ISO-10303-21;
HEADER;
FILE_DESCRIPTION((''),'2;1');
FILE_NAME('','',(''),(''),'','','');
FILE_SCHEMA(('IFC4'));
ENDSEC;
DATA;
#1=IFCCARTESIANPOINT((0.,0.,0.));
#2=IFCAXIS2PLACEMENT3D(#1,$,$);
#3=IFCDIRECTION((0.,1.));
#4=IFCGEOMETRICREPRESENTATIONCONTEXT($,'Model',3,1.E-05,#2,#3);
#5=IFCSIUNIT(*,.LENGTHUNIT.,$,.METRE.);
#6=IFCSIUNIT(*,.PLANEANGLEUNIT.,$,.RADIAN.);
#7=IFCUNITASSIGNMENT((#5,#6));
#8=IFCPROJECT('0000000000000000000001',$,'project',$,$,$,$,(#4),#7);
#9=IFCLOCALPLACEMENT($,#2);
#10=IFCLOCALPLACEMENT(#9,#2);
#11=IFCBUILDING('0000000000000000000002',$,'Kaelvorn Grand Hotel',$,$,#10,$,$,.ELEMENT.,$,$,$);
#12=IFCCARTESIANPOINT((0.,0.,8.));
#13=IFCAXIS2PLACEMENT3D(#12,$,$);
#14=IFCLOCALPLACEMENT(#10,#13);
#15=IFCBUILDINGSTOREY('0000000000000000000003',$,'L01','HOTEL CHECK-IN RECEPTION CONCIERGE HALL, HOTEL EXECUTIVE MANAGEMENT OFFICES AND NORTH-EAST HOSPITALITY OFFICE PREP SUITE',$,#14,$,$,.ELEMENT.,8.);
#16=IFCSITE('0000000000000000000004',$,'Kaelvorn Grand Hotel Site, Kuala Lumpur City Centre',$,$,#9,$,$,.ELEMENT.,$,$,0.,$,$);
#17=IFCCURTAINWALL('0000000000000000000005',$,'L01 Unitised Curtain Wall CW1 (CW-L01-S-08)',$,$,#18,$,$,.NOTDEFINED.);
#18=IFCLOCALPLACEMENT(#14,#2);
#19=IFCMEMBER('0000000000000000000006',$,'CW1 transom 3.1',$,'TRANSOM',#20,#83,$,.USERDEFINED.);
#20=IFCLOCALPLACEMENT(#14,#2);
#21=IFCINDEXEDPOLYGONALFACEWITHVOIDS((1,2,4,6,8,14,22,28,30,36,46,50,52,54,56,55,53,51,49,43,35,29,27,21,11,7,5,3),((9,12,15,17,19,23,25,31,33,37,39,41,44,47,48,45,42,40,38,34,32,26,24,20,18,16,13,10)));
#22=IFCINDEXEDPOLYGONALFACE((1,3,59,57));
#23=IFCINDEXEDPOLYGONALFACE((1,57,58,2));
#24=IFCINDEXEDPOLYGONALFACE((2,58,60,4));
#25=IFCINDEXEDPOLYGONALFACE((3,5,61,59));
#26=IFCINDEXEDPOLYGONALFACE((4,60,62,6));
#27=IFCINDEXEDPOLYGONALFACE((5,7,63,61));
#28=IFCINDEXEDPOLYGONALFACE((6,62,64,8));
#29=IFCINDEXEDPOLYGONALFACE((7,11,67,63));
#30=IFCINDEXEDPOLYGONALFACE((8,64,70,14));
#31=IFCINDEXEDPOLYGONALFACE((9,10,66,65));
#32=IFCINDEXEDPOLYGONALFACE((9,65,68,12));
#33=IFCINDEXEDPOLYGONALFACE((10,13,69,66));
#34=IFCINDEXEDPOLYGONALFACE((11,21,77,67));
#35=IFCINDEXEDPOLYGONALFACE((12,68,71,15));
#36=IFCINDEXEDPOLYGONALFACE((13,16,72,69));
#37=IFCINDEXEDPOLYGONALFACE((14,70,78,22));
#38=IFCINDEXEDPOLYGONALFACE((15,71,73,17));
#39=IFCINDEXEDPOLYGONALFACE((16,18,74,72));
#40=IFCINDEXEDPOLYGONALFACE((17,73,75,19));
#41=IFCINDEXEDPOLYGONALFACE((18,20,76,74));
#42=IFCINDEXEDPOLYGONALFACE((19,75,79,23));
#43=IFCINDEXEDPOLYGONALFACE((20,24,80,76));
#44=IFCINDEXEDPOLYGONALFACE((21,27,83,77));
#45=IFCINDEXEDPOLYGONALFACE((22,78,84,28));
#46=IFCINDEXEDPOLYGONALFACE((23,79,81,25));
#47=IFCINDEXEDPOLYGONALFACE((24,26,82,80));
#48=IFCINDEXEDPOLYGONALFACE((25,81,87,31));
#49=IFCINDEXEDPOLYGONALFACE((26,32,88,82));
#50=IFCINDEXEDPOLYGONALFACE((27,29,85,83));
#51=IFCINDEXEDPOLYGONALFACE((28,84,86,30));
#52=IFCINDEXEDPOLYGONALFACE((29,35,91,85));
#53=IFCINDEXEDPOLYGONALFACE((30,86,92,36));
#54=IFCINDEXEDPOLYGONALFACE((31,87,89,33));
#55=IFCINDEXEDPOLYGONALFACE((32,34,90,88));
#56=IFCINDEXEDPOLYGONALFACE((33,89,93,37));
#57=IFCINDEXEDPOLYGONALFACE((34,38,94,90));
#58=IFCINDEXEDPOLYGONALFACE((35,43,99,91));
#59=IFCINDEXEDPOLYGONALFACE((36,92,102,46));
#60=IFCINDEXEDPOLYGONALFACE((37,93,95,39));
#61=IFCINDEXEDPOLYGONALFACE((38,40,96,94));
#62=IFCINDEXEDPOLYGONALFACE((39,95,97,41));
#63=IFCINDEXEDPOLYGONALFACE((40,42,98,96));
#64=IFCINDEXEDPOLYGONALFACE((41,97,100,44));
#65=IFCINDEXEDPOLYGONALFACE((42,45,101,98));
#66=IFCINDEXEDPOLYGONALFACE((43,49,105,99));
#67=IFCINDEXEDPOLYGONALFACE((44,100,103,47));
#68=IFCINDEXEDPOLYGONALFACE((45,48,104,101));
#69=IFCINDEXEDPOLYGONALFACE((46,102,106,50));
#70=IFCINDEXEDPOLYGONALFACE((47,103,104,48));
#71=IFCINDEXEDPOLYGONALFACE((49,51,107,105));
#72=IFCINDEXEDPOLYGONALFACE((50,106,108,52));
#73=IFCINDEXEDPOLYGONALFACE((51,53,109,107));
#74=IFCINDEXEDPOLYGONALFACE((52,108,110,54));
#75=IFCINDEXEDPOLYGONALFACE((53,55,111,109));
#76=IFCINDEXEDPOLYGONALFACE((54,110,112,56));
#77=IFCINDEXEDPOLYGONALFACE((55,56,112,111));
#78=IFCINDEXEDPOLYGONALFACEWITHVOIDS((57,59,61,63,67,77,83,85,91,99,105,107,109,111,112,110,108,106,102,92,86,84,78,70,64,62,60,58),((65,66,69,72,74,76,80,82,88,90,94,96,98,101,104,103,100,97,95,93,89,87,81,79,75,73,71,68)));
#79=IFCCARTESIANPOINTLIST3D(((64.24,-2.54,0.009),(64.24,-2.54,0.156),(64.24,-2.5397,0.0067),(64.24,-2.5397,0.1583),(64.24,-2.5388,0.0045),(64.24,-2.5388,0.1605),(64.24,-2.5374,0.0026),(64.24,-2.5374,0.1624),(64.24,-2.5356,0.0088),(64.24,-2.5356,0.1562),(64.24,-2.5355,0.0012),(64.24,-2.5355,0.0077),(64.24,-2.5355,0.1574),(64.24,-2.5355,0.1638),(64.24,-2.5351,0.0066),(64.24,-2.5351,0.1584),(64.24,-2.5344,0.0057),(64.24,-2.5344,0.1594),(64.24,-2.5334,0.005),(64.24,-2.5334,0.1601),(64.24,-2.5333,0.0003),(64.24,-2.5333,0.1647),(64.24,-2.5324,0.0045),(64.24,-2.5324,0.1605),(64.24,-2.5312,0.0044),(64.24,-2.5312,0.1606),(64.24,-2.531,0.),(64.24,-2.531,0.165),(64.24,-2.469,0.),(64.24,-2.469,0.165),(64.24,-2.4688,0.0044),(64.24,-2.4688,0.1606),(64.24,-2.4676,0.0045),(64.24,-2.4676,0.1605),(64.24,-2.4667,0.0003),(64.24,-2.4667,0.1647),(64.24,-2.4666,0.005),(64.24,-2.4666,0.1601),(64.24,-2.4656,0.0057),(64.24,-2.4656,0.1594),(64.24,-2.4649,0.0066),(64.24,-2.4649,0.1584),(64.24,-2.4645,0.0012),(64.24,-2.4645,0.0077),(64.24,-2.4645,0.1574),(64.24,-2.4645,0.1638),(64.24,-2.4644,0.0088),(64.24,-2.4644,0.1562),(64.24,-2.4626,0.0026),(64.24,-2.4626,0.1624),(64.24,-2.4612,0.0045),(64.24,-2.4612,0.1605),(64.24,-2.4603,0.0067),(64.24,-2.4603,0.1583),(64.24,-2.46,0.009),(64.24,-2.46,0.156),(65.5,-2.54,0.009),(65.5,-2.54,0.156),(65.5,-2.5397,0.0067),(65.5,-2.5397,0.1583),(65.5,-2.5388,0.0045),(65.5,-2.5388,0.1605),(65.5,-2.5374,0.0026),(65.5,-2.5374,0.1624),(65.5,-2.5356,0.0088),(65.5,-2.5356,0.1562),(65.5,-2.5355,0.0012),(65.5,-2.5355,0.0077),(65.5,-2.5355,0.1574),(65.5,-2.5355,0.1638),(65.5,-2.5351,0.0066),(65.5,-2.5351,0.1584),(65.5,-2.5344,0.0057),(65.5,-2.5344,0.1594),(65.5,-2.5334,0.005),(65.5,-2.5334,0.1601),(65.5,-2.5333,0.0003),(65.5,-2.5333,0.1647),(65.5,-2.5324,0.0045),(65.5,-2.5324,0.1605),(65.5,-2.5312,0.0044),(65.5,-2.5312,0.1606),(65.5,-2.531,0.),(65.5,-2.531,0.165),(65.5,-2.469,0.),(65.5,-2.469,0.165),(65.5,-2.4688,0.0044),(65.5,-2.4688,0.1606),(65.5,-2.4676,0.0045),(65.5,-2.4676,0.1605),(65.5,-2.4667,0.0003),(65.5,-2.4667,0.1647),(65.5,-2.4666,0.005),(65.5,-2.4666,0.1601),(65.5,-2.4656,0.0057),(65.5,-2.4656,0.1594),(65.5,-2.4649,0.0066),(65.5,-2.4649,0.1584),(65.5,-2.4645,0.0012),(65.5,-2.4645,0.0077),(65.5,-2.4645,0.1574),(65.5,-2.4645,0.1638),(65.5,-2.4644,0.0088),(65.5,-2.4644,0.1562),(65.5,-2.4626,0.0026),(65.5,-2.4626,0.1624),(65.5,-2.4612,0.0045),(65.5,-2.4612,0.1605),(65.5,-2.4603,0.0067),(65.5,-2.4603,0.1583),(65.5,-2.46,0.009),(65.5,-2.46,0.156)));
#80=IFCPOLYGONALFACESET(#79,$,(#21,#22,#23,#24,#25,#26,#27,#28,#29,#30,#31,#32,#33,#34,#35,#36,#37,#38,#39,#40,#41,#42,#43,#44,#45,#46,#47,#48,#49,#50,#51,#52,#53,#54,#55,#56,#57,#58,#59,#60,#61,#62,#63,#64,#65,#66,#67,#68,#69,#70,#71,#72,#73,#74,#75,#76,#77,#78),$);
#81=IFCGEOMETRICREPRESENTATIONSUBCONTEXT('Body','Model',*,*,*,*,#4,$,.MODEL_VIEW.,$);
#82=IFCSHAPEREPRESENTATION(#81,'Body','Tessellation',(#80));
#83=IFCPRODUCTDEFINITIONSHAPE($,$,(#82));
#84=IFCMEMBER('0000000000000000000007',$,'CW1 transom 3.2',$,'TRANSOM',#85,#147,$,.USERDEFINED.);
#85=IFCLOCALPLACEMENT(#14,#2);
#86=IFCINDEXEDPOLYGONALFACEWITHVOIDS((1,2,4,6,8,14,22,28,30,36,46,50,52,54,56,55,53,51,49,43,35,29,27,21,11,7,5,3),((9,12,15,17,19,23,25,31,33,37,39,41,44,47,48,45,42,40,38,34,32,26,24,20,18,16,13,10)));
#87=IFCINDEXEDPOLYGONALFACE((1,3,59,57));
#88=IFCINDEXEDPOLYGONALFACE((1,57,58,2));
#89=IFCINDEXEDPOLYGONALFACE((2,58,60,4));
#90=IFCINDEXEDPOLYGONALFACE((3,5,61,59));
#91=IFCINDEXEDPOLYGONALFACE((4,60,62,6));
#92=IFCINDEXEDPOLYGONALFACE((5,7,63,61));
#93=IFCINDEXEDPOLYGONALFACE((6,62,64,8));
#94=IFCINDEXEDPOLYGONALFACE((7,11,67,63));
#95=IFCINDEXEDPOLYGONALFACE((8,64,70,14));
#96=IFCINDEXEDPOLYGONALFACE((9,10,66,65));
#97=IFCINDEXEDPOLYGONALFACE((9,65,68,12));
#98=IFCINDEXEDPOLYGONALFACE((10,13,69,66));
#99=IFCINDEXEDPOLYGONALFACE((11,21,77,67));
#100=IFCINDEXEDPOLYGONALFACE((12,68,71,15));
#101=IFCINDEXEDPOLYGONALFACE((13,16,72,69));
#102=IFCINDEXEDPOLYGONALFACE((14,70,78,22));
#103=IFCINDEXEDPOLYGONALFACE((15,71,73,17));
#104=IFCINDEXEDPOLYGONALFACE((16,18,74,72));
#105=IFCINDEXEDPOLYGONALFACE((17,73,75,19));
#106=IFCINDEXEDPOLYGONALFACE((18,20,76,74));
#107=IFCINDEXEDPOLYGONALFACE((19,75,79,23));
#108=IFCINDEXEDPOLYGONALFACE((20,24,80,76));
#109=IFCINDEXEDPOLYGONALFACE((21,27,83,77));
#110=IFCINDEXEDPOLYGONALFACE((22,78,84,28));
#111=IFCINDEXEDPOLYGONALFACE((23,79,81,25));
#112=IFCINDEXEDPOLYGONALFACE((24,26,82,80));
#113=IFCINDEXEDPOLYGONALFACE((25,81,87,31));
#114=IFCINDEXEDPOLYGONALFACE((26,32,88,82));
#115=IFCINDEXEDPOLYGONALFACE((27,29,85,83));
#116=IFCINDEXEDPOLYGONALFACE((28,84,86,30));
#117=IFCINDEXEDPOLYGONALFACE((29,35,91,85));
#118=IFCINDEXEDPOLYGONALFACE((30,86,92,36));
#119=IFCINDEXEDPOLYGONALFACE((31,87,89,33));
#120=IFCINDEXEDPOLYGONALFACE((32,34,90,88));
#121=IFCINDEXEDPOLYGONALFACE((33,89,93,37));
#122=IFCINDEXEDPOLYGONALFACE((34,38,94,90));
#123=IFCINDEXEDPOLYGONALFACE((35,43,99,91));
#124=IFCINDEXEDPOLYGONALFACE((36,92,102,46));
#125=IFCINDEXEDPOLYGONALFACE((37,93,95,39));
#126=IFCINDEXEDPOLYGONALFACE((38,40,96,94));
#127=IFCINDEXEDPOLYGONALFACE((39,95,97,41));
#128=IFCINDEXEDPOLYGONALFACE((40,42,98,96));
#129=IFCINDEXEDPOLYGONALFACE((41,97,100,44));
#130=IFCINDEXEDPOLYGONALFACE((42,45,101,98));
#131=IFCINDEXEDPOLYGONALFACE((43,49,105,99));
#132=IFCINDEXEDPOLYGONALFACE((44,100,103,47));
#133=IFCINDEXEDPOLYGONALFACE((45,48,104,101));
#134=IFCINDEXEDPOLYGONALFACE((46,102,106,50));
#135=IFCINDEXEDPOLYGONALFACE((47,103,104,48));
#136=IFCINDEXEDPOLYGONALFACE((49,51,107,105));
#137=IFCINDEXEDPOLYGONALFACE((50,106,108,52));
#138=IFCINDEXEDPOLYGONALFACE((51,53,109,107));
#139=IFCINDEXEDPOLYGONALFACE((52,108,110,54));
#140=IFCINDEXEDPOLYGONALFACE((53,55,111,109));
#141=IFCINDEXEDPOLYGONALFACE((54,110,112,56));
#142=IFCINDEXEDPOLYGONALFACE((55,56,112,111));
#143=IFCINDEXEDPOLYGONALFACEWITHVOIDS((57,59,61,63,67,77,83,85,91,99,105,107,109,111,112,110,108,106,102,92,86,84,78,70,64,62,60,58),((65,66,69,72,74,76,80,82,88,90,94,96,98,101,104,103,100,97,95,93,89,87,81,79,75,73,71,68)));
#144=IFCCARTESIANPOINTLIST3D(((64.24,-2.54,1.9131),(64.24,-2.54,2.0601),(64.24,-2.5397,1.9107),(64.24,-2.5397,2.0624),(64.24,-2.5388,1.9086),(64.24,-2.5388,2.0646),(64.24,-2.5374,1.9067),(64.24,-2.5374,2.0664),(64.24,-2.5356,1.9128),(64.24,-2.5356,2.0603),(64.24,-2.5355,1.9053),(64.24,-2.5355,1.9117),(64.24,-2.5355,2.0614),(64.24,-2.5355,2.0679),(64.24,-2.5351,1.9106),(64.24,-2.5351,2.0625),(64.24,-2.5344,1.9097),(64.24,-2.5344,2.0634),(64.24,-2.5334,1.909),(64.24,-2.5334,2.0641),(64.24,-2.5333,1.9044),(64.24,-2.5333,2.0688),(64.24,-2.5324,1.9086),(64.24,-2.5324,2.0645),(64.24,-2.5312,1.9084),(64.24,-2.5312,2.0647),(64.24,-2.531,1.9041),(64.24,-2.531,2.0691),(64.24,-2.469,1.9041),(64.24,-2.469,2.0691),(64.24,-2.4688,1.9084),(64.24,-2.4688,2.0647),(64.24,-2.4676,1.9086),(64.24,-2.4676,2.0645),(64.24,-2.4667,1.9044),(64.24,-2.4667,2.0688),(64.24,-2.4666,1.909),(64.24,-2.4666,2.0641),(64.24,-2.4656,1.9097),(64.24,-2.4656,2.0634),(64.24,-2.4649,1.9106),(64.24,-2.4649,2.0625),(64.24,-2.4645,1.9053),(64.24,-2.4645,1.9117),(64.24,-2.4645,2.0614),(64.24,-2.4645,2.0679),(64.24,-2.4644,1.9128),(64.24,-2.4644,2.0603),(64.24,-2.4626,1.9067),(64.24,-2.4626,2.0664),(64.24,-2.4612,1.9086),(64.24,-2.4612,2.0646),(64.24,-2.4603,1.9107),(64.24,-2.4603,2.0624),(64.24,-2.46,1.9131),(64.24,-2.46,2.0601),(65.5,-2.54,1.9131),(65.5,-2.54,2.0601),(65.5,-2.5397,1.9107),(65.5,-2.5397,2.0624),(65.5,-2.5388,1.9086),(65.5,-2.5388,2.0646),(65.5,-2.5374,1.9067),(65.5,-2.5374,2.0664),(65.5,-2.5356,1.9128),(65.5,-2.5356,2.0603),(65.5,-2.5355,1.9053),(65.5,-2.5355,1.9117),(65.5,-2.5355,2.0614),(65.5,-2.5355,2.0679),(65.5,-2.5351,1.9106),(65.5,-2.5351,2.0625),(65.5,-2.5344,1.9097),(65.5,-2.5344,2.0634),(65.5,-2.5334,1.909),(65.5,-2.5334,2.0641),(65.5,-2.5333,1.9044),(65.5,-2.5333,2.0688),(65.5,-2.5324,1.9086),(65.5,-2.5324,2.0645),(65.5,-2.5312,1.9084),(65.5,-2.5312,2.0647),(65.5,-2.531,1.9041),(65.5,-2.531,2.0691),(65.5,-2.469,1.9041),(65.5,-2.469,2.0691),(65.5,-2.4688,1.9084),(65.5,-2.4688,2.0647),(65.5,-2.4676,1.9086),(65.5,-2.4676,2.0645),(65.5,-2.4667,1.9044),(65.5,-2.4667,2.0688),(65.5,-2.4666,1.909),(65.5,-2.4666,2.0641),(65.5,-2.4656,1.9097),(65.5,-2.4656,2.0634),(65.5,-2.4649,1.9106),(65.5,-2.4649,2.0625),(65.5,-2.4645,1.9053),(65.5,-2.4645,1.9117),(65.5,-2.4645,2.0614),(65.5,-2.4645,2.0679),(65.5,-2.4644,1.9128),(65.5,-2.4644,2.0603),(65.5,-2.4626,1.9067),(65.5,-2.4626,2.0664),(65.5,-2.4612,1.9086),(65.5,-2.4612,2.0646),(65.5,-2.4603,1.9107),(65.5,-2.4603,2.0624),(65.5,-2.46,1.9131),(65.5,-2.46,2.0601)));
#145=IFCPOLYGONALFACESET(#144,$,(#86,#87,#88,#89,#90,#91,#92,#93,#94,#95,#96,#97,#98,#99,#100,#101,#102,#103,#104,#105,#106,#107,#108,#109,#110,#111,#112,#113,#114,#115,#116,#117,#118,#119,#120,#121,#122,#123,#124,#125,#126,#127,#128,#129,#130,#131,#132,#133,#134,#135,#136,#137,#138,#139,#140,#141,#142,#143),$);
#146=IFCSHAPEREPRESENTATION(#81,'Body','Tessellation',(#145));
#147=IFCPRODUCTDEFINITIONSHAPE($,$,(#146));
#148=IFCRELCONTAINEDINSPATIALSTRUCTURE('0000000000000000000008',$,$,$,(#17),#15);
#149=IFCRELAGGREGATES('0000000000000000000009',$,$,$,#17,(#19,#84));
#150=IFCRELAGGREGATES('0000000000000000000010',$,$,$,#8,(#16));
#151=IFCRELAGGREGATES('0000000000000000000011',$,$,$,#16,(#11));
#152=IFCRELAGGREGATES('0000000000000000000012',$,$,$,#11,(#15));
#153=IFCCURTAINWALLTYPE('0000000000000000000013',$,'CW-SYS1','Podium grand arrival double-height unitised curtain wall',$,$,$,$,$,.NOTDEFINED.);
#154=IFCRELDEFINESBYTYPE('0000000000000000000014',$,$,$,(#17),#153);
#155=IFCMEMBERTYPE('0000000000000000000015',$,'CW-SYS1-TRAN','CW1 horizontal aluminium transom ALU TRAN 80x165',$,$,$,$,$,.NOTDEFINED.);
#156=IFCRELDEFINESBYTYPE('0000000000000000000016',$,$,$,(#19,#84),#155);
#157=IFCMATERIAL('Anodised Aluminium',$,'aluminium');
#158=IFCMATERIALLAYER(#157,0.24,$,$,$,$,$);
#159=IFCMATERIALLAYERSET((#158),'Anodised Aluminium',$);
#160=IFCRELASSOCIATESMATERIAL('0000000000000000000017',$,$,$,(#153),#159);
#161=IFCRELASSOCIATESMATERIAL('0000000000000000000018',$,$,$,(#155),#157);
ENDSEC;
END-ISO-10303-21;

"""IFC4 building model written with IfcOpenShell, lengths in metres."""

from ifc_helpers import new_model, si_unit, direction, frame, origin, origin_2d, place, context, subcontext, project, spatial, hollow_rectangle, extrude, material, layer, layer_set, material_profile, profile_set, type_object, element, aggregate, save


model = new_model("IFC4")

# Units and contexts
model_context = context("Model", 3, precision=1e-05, world=origin(), true_north=direction((0.0, 1.0)))
body_context = subcontext(model_context, "Body", "Model", "MODEL_VIEW")
ifc_project = project(units=[si_unit("LENGTHUNIT", "METRE"), si_unit("PLANEANGLEUNIT", "RADIAN")], contexts=[model_context])

# Site, building, storey
site_placement = place(None, origin())
site = spatial("IfcSite", under=ifc_project, at=site_placement, Name="Kaelvorn Grand Hotel Site, Kuala Lumpur City Centre", CompositionType="ELEMENT", RefElevation=0.0)
building_placement = place(site_placement, origin())
building = spatial("IfcBuilding", under=site, at=building_placement, Name="Kaelvorn Grand Hotel", CompositionType="ELEMENT")
storey_placement = place(building_placement, frame((0.0, 0.0, 8.0)))
storey = spatial("IfcBuildingStorey", under=building, at=storey_placement, Name="L01", Description="HOTEL CHECK-IN RECEPTION CONCIERGE HALL, HOTEL EXECUTIVE MANAGEMENT OFFICES AND NORTH-EAST HOSPITALITY OFFICE PREP SUITE", CompositionType="ELEMENT", Elevation=8.0)

# Curtain wall
ifc_material_1 = material(Name="Anodised Aluminium", Category="aluminium")
ifc_layer_1 = layer(ifc_material_1, 0.24)
ifc_layer_set_1 = layer_set([ifc_layer_1], Name="Anodised Aluminium")
curtain_wall_type = type_object("IfcCurtainWallType", Name="CW-SYS1", Description="Podium grand arrival double-height unitised curtain wall", PredefinedType="NOTDEFINED", material=ifc_layer_set_1)
curtain_wall_1_placement = place(storey_placement, origin())
curtain_wall_1 = element("IfcCurtainWall", 1, at=curtain_wall_1_placement, inside=storey, type_object=curtain_wall_type, Name="L01 Unitised Curtain Wall CW1 (CW-L01-S-08)", PredefinedType="NOTDEFINED")

# Members
ifc_material_profile_1 = material_profile(ifc_material_1, hollow_rectangle(XDim=0.0801, YDim=0.165, WallThickness=0.0044, InnerFilletRadius=0.0044, OuterFilletRadius=0.009, at=origin_2d()), Name="ALU TRAN 80x165")
ifc_profile_set_1 = profile_set([ifc_material_profile_1], Name="Anodised Aluminium")
member_type_1 = type_object("IfcMemberType", Name="CW-SYS1-TRAN", Description="CW1 horizontal aluminium transom ALU TRAN 80x165", PredefinedType="NOTDEFINED", material=ifc_profile_set_1)
member_1_placement = place(storey_placement, frame((64.24, -2.5, 0.0825), z_axis=(1.0, 0.0, 0.0), x_axis=(0.0, 1.0, 0.0)))
member_1 = element("IfcMember", 2, at=member_1_placement, type_object=member_type_1, Name="CW1 transom 3.1", ObjectType="TRANSOM", PredefinedType="USERDEFINED", context=body_context, shape_type="SweptSolid", body=[
    extrude(hollow_rectangle(XDim=0.0801, YDim=0.165, WallThickness=0.0044, InnerFilletRadius=0.0044, OuterFilletRadius=0.009, at=origin_2d()), origin(), (0.0, 0.0, 1.0), 1.26),
])
member_2_placement = place(storey_placement, frame((64.24, -2.5, 1.9866), z_axis=(1.0, 0.0, 0.0), x_axis=(0.0, 1.0, 0.0)))
member_2 = element("IfcMember", 3, at=member_2_placement, type_object=member_type_1, Name="CW1 transom 3.2", ObjectType="TRANSOM", PredefinedType="USERDEFINED", context=body_context, shape_type="SweptSolid", body=[
    extrude(hollow_rectangle(XDim=0.0801, YDim=0.165, WallThickness=0.0044, InnerFilletRadius=0.0044, OuterFilletRadius=0.009, at=origin_2d()), origin(), (0.0, 0.0, 1.0), 1.26),
])

aggregate(curtain_wall_1, [member_1, member_2])

save(model, "model.ifc")
